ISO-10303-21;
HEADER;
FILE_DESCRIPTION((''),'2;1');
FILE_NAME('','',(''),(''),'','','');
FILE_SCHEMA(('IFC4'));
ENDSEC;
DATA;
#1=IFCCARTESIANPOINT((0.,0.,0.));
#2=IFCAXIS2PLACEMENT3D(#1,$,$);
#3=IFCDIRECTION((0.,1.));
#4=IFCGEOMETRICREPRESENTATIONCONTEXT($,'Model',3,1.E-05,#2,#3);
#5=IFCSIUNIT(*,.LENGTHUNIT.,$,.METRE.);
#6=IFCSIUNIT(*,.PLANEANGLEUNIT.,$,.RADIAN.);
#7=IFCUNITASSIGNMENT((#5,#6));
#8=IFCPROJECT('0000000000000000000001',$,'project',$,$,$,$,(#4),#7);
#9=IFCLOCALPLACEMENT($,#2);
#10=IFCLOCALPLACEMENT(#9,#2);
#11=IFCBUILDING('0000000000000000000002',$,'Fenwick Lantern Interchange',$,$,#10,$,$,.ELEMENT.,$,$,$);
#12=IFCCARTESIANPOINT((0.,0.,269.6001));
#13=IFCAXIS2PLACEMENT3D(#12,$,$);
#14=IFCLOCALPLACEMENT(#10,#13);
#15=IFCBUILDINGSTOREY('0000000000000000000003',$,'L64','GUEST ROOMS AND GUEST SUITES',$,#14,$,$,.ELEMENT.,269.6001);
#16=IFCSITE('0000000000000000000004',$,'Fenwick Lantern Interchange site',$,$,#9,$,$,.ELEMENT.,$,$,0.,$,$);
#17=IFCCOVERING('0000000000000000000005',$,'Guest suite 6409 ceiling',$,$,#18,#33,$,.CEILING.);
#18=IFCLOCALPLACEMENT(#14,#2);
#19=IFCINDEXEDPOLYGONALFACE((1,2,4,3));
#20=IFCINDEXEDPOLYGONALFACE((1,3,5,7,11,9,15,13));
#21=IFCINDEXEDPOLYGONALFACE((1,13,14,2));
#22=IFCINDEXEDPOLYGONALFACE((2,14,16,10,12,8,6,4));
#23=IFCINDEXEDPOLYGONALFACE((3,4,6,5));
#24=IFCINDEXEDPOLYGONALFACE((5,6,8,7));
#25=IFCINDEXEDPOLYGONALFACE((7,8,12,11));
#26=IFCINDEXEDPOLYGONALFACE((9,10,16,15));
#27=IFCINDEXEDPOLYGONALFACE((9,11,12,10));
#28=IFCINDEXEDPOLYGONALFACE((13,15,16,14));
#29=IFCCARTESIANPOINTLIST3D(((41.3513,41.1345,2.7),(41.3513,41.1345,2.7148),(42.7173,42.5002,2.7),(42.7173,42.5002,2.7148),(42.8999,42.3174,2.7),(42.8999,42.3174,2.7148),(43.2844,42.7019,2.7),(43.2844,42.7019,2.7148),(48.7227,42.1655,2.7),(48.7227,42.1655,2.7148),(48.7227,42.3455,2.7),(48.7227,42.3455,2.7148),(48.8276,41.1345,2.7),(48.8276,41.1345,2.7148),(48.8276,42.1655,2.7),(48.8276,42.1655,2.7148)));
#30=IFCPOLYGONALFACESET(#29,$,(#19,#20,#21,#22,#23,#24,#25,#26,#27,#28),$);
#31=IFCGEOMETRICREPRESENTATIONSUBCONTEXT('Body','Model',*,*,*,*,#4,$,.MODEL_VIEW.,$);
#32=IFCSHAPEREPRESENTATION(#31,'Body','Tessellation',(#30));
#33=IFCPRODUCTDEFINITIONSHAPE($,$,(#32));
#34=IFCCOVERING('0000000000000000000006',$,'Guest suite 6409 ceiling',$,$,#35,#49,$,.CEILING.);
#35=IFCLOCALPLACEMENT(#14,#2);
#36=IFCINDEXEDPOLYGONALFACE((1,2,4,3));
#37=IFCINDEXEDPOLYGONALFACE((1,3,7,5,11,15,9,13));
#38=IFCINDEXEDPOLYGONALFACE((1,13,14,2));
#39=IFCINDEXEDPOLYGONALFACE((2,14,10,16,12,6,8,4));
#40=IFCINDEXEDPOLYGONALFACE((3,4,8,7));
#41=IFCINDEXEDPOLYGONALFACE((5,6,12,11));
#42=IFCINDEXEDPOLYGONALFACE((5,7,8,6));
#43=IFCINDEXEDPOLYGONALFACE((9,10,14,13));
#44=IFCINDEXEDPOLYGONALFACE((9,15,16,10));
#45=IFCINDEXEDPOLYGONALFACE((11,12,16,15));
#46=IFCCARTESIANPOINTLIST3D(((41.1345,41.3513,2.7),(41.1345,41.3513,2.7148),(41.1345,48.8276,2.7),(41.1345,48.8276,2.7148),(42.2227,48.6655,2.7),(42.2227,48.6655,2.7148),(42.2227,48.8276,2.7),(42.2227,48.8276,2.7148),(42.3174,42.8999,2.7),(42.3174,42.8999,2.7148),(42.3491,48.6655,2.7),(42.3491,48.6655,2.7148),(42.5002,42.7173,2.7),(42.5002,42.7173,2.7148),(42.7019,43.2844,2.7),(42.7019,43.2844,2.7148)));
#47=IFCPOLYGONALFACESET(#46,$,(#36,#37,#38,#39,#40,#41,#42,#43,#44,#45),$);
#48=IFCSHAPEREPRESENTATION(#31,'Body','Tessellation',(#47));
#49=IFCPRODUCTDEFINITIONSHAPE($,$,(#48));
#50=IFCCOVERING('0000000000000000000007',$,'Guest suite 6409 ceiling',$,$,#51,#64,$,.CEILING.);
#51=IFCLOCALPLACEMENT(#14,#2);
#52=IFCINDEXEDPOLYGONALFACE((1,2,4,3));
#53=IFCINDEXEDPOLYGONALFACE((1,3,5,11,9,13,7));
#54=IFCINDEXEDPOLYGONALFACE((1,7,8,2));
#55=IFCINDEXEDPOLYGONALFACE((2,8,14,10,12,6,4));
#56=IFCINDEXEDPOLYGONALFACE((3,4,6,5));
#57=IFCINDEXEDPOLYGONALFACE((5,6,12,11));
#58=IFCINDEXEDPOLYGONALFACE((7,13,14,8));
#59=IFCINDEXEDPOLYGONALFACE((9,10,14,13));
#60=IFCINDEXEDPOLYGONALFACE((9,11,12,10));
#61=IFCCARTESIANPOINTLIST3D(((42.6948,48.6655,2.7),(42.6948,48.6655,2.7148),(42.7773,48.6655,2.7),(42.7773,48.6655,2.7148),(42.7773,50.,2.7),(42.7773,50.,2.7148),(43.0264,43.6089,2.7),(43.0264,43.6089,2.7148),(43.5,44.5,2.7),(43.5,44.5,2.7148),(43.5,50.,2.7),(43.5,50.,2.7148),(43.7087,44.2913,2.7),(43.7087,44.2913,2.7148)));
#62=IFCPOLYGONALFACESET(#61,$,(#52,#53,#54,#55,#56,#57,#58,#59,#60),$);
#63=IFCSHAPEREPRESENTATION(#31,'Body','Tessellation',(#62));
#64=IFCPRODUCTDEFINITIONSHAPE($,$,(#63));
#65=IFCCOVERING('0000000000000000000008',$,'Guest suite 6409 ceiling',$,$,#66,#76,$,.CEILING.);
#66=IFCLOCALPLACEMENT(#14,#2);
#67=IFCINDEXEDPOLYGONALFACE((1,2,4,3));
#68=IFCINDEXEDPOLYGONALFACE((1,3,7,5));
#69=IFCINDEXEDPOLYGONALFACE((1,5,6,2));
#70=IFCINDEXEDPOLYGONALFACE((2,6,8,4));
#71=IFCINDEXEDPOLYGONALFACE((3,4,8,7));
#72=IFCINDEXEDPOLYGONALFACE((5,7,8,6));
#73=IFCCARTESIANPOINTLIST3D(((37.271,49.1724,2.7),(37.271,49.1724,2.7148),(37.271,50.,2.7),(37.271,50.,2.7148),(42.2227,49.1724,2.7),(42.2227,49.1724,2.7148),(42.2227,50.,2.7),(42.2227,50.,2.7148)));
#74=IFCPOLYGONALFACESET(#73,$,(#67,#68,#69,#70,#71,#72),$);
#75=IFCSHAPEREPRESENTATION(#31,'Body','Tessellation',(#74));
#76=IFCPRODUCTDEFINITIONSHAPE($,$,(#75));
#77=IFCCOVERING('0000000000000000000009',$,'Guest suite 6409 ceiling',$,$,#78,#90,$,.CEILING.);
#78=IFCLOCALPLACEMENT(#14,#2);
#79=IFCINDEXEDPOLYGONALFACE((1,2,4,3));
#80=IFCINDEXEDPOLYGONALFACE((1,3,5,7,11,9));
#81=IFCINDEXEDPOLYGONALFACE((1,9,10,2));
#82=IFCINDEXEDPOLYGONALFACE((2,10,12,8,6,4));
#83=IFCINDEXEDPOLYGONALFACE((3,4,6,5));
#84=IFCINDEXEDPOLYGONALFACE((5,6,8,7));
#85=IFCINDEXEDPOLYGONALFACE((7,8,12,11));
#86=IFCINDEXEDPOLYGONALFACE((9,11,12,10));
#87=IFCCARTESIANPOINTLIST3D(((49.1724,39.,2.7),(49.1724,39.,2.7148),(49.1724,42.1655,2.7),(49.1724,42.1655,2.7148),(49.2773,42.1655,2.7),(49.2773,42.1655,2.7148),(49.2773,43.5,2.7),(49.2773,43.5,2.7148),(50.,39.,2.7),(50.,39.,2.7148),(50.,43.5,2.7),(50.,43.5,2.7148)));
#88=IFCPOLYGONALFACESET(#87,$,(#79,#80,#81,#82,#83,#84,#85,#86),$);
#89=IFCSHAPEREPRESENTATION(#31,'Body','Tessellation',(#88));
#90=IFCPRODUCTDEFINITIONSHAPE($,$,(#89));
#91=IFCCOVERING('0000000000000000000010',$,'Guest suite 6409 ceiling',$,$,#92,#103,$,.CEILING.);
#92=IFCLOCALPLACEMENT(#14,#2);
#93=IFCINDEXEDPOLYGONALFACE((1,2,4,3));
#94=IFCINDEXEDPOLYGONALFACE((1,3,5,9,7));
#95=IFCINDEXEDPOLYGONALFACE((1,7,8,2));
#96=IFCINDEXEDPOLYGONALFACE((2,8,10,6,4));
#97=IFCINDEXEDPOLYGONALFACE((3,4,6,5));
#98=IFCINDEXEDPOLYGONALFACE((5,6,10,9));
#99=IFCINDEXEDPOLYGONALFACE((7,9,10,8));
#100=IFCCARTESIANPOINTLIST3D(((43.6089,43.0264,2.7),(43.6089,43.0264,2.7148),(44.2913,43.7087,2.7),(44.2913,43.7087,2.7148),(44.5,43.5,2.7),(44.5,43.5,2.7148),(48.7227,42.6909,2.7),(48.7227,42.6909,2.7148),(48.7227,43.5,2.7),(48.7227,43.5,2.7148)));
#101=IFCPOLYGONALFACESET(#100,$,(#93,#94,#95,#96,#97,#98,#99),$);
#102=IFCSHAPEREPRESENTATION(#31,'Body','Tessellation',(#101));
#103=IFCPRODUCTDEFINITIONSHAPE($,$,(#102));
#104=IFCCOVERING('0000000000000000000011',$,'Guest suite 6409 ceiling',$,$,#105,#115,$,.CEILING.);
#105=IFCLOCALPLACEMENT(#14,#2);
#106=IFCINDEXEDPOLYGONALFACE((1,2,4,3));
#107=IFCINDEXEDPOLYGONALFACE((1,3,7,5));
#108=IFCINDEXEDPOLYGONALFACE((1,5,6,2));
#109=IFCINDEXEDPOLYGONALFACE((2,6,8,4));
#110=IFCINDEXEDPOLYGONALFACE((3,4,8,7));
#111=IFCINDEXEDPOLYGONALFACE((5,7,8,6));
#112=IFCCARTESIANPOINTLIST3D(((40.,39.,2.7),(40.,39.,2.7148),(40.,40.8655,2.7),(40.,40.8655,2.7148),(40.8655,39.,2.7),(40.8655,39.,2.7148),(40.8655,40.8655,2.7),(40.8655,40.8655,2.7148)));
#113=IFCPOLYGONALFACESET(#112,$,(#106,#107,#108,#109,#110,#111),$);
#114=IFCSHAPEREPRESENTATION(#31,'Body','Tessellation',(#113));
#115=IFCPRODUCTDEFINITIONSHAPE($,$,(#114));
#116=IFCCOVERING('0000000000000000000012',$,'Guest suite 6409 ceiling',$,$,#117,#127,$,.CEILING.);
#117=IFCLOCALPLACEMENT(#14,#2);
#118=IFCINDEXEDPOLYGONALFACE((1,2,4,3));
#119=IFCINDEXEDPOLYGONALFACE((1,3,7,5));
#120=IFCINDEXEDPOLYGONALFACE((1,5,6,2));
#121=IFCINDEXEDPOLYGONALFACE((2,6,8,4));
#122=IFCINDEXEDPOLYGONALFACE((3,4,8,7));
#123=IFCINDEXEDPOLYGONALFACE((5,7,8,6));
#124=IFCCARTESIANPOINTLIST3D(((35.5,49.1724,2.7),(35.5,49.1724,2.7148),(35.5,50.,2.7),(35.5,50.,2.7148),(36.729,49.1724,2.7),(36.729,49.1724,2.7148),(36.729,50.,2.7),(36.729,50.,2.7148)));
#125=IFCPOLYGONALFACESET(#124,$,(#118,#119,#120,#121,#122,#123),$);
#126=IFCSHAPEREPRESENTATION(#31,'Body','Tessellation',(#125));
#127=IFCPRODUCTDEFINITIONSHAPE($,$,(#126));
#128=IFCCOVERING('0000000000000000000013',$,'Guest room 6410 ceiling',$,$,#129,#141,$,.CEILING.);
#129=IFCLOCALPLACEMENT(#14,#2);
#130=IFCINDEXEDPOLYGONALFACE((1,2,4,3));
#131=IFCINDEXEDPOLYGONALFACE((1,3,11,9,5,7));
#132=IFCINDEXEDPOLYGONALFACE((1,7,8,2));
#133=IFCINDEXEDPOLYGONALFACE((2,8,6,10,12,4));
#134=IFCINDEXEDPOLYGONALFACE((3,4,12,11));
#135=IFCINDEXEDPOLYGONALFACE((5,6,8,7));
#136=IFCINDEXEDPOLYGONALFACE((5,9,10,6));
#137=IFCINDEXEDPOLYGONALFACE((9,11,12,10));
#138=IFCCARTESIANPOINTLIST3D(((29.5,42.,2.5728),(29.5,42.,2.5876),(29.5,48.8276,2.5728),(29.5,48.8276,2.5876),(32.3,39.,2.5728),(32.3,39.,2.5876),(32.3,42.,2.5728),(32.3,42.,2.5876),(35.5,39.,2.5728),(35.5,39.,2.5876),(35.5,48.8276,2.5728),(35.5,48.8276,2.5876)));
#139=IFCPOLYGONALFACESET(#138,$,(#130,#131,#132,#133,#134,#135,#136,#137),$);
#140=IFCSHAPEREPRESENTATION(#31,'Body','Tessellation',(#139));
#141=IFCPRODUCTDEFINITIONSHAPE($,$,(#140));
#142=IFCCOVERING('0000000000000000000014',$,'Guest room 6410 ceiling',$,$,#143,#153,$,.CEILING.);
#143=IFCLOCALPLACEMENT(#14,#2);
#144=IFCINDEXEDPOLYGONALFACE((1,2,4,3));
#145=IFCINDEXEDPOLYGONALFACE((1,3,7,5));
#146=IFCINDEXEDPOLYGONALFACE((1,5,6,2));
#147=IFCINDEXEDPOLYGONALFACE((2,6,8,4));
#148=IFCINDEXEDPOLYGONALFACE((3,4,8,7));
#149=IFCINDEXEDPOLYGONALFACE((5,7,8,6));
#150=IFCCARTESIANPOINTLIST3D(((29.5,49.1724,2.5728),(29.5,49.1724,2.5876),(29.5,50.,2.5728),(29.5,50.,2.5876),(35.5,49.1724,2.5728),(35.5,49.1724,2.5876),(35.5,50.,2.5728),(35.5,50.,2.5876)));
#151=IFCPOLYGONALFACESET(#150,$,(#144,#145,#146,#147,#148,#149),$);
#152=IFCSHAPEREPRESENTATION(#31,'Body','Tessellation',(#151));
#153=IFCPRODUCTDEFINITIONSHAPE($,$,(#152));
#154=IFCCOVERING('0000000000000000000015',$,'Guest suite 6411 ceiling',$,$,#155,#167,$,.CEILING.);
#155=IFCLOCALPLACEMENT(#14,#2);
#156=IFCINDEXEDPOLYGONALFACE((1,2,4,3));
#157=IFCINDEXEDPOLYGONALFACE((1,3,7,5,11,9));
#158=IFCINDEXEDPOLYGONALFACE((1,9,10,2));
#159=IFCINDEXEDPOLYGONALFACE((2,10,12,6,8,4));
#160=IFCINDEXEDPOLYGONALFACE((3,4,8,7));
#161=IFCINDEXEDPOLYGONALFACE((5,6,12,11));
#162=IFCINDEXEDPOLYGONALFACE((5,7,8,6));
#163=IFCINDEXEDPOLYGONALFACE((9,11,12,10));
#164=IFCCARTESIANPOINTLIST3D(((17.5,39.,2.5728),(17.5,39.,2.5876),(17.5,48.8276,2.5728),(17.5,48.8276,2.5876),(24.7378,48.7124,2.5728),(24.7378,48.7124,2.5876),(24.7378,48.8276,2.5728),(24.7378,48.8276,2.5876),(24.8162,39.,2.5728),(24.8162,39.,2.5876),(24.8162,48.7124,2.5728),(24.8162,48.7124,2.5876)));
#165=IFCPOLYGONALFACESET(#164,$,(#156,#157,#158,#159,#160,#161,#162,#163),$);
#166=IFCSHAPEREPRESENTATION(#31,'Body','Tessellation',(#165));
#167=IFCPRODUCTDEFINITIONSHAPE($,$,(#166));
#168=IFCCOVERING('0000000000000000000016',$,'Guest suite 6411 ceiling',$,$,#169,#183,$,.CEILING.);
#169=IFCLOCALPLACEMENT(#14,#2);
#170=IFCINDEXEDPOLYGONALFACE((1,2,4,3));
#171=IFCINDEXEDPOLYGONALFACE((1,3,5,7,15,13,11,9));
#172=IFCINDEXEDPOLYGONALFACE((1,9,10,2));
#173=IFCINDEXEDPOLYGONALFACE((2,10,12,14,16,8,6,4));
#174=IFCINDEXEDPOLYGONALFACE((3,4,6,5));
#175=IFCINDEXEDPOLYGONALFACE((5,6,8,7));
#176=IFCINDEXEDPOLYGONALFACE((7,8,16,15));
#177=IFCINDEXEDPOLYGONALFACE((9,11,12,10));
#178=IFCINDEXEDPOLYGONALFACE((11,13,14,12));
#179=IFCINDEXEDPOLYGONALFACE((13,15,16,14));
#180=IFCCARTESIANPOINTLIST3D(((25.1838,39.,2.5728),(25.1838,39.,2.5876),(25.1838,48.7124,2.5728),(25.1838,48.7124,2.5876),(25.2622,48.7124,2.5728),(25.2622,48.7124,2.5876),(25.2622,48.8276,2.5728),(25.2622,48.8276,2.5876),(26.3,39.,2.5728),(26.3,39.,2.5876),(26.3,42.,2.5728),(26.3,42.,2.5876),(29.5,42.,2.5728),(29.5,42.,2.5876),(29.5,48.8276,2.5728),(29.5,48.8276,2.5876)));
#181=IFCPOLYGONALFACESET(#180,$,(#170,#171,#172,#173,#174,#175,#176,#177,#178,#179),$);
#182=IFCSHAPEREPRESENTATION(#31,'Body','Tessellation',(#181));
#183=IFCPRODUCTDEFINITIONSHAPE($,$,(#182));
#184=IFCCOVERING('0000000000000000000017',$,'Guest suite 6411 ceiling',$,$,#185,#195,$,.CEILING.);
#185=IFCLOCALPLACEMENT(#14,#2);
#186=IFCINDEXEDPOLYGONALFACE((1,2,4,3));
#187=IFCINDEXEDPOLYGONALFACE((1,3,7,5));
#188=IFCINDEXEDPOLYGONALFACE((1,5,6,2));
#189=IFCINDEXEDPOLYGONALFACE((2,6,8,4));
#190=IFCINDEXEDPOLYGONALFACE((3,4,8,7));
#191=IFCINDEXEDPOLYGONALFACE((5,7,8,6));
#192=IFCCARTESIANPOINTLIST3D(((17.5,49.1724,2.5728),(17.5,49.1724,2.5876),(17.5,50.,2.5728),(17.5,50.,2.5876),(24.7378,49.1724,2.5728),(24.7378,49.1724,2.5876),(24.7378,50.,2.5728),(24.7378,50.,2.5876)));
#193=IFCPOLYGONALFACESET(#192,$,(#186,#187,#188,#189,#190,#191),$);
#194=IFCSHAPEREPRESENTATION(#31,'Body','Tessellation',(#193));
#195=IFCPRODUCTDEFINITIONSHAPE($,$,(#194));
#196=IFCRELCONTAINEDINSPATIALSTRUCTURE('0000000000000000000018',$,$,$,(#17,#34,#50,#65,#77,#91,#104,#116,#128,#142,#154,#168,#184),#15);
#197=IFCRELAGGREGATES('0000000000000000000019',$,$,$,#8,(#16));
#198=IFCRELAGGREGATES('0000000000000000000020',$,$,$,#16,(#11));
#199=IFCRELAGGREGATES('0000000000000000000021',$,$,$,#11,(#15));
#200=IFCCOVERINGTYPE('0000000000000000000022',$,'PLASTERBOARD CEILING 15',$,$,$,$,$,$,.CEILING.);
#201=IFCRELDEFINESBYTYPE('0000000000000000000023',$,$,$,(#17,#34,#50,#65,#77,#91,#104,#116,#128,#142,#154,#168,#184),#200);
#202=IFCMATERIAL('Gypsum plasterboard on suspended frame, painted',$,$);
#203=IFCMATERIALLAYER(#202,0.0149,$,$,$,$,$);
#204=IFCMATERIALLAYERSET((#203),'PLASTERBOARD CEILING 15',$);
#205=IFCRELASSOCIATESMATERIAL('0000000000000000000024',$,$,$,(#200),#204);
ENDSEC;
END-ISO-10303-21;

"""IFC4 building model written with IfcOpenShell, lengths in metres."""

from ifc_helpers import new_model, si_unit, direction, frame, origin, place, context, subcontext, project, spatial, polyline, outline, extrude, material, layer, layer_set, type_object, element, save


model = new_model("IFC4")

# Units and contexts
model_context = context("Model", 3, precision=1e-05, world=origin(), true_north=direction((0.0, 1.0)))
body_context = subcontext(model_context, "Body", "Model", "MODEL_VIEW")
ifc_project = project(units=[si_unit("LENGTHUNIT", "METRE"), si_unit("PLANEANGLEUNIT", "RADIAN")], contexts=[model_context])

# Site, building, storey
site_placement = place(None, origin())
site = spatial("IfcSite", under=ifc_project, at=site_placement, Name="Fenwick Lantern Interchange site", CompositionType="ELEMENT", RefElevation=0.0)
building_placement = place(site_placement, origin())
building = spatial("IfcBuilding", under=site, at=building_placement, Name="Fenwick Lantern Interchange", CompositionType="ELEMENT")
storey_placement = place(building_placement, frame((0.0, 0.0, 269.6001)))
storey = spatial("IfcBuildingStorey", under=building, at=storey_placement, Name="L64", Description="GUEST ROOMS AND GUEST SUITES", CompositionType="ELEMENT", Elevation=269.6001)

# Coverings
ifc_material_1 = material(Name="Gypsum plasterboard on suspended frame, painted")
ifc_layer_1 = layer(ifc_material_1, 0.0149)
ifc_layer_set_1 = layer_set([ifc_layer_1], Name="PLASTERBOARD CEILING 15")
covering_type_1 = type_object("IfcCoveringType", Name="PLASTERBOARD CEILING 15", PredefinedType="CEILING", material=ifc_layer_set_1)
covering_1_placement = place(storey_placement, frame((0.0, 0.0, 2.7)))
element("IfcCovering", 1, at=covering_1_placement, inside=storey, type_object=covering_type_1, Name="Guest suite 6409 ceiling", PredefinedType="CEILING", context=body_context, shape_type="SweptSolid", body=[
    extrude(outline(polyline([(42.8999, 42.3174), (42.7173, 42.5002), (41.3513, 41.1345), (48.8276, 41.1345), (48.8276, 42.1655), (48.7227, 42.1655), (48.7227, 42.3455), (43.2844, 42.7019), (42.8999, 42.3174)])), origin(), (0.0, 0.0, 1.0), 0.0149),
])
covering_2_placement = place(storey_placement, frame((0.0, 0.0, 2.7)))
element("IfcCovering", 2, at=covering_2_placement, inside=storey, type_object=covering_type_1, Name="Guest suite 6409 ceiling", PredefinedType="CEILING", context=body_context, shape_type="SweptSolid", body=[
    extrude(outline(polyline([(42.2227, 48.6655), (42.2227, 48.8276), (41.1345, 48.8276), (41.1345, 41.3513), (42.5002, 42.7173), (42.3174, 42.8999), (42.7019, 43.2844), (42.3491, 48.6655), (42.2227, 48.6655)])), origin(), (0.0, 0.0, 1.0), 0.0149),
])
covering_3_placement = place(storey_placement, frame((0.0, 0.0, 2.7)))
element("IfcCovering", 3, at=covering_3_placement, inside=storey, type_object=covering_type_1, Name="Guest suite 6409 ceiling", PredefinedType="CEILING", context=body_context, shape_type="SweptSolid", body=[
    extrude(outline(polyline([(42.7773, 48.6655), (42.6948, 48.6655), (43.0264, 43.6089), (43.7087, 44.2913), (43.5, 44.5), (43.5, 50.0), (42.7773, 50.0), (42.7773, 48.6655)])), origin(), (0.0, 0.0, 1.0), 0.0149),
])
covering_4_placement = place(storey_placement, frame((0.0, 0.0, 2.7)))
element("IfcCovering", 4, at=covering_4_placement, inside=storey, type_object=covering_type_1, Name="Guest suite 6409 ceiling", PredefinedType="CEILING", context=body_context, shape_type="SweptSolid", body=[
    extrude(outline(polyline([(37.271, 50.0), (37.271, 49.1724), (42.2227, 49.1724), (42.2227, 50.0), (37.271, 50.0)])), origin(), (0.0, 0.0, 1.0), 0.0149),
])
covering_5_placement = place(storey_placement, frame((0.0, 0.0, 2.7)))
element("IfcCovering", 5, at=covering_5_placement, inside=storey, type_object=covering_type_1, Name="Guest suite 6409 ceiling", PredefinedType="CEILING", context=body_context, shape_type="SweptSolid", body=[
    extrude(outline(polyline([(49.2773, 43.5), (49.2773, 42.1655), (49.1724, 42.1655), (49.1724, 39.0), (50.0, 39.0), (50.0, 43.5), (49.2773, 43.5)])), origin(), (0.0, 0.0, 1.0), 0.0149),
])
covering_6_placement = place(storey_placement, frame((0.0, 0.0, 2.7)))
element("IfcCovering", 6, at=covering_6_placement, inside=storey, type_object=covering_type_1, Name="Guest suite 6409 ceiling", PredefinedType="CEILING", context=body_context, shape_type="SweptSolid", body=[
    extrude(outline(polyline([(44.2913, 43.7087), (43.6089, 43.0264), (48.7227, 42.6909), (48.7227, 43.5), (44.5, 43.5), (44.2913, 43.7087)])), origin(), (0.0, 0.0, 1.0), 0.0149),
])
covering_7_placement = place(storey_placement, frame((0.0, 0.0, 2.7)))
element("IfcCovering", 7, at=covering_7_placement, inside=storey, type_object=covering_type_1, Name="Guest suite 6409 ceiling", PredefinedType="CEILING", context=body_context, shape_type="SweptSolid", body=[
    extrude(outline(polyline([(40.0, 39.0), (40.8655, 39.0), (40.8655, 40.8655), (40.0, 40.8655), (40.0, 39.0)])), origin(), (0.0, 0.0, 1.0), 0.0149),
])
covering_8_placement = place(storey_placement, frame((0.0, 0.0, 2.7)))
element("IfcCovering", 8, at=covering_8_placement, inside=storey, type_object=covering_type_1, Name="Guest suite 6409 ceiling", PredefinedType="CEILING", context=body_context, shape_type="SweptSolid", body=[
    extrude(outline(polyline([(35.5, 50.0), (35.5, 49.1724), (36.729, 49.1724), (36.729, 50.0), (35.5, 50.0)])), origin(), (0.0, 0.0, 1.0), 0.0149),
])
covering_9_placement = place(storey_placement, frame((0.0, 0.0, 2.5728)))
element("IfcCovering", 9, at=covering_9_placement, inside=storey, type_object=covering_type_1, Name="Guest room 6410 ceiling", PredefinedType="CEILING", context=body_context, shape_type="SweptSolid", body=[
    extrude(outline(polyline([(35.5, 39.0), (35.5, 48.8276), (29.5, 48.8276), (29.5, 42.0), (32.3, 42.0), (32.3, 39.0), (35.5, 39.0)])), origin(), (0.0, 0.0, 1.0), 0.0149),
])
covering_10_placement = place(storey_placement, frame((0.0, 0.0, 2.5728)))
element("IfcCovering", 10, at=covering_10_placement, inside=storey, type_object=covering_type_1, Name="Guest room 6410 ceiling", PredefinedType="CEILING", context=body_context, shape_type="SweptSolid", body=[
    extrude(outline(polyline([(35.5, 50.0), (29.5, 50.0), (29.5, 49.1724), (35.5, 49.1724), (35.5, 50.0)])), origin(), (0.0, 0.0, 1.0), 0.0149),
])
covering_11_placement = place(storey_placement, frame((0.0, 0.0, 2.5728)))
element("IfcCovering", 11, at=covering_11_placement, inside=storey, type_object=covering_type_1, Name="Guest suite 6411 ceiling", PredefinedType="CEILING", context=body_context, shape_type="SweptSolid", body=[
    extrude(outline(polyline([(24.7378, 48.7124), (24.7378, 48.8276), (17.5, 48.8276), (17.5, 39.0), (24.8162, 39.0), (24.8162, 48.7124), (24.7378, 48.7124)])), origin(), (0.0, 0.0, 1.0), 0.0149),
])
covering_12_placement = place(storey_placement, frame((0.0, 0.0, 2.5728)))
element("IfcCovering", 12, at=covering_12_placement, inside=storey, type_object=covering_type_1, Name="Guest suite 6411 ceiling", PredefinedType="CEILING", context=body_context, shape_type="SweptSolid", body=[
    extrude(outline(polyline([(25.2622, 48.7124), (25.1838, 48.7124), (25.1838, 39.0), (26.3, 39.0), (26.3, 42.0), (29.5, 42.0), (29.5, 48.8276), (25.2622, 48.8276), (25.2622, 48.7124)])), origin(), (0.0, 0.0, 1.0), 0.0149),
])
covering_13_placement = place(storey_placement, frame((0.0, 0.0, 2.5728)))
element("IfcCovering", 13, at=covering_13_placement, inside=storey, type_object=covering_type_1, Name="Guest suite 6411 ceiling", PredefinedType="CEILING", context=body_context, shape_type="SweptSolid", body=[
    extrude(outline(polyline([(24.7378, 50.0), (17.5, 50.0), (17.5, 49.1724), (24.7378, 49.1724), (24.7378, 50.0)])), origin(), (0.0, 0.0, 1.0), 0.0149),
])

save(model, "model.ifc")
